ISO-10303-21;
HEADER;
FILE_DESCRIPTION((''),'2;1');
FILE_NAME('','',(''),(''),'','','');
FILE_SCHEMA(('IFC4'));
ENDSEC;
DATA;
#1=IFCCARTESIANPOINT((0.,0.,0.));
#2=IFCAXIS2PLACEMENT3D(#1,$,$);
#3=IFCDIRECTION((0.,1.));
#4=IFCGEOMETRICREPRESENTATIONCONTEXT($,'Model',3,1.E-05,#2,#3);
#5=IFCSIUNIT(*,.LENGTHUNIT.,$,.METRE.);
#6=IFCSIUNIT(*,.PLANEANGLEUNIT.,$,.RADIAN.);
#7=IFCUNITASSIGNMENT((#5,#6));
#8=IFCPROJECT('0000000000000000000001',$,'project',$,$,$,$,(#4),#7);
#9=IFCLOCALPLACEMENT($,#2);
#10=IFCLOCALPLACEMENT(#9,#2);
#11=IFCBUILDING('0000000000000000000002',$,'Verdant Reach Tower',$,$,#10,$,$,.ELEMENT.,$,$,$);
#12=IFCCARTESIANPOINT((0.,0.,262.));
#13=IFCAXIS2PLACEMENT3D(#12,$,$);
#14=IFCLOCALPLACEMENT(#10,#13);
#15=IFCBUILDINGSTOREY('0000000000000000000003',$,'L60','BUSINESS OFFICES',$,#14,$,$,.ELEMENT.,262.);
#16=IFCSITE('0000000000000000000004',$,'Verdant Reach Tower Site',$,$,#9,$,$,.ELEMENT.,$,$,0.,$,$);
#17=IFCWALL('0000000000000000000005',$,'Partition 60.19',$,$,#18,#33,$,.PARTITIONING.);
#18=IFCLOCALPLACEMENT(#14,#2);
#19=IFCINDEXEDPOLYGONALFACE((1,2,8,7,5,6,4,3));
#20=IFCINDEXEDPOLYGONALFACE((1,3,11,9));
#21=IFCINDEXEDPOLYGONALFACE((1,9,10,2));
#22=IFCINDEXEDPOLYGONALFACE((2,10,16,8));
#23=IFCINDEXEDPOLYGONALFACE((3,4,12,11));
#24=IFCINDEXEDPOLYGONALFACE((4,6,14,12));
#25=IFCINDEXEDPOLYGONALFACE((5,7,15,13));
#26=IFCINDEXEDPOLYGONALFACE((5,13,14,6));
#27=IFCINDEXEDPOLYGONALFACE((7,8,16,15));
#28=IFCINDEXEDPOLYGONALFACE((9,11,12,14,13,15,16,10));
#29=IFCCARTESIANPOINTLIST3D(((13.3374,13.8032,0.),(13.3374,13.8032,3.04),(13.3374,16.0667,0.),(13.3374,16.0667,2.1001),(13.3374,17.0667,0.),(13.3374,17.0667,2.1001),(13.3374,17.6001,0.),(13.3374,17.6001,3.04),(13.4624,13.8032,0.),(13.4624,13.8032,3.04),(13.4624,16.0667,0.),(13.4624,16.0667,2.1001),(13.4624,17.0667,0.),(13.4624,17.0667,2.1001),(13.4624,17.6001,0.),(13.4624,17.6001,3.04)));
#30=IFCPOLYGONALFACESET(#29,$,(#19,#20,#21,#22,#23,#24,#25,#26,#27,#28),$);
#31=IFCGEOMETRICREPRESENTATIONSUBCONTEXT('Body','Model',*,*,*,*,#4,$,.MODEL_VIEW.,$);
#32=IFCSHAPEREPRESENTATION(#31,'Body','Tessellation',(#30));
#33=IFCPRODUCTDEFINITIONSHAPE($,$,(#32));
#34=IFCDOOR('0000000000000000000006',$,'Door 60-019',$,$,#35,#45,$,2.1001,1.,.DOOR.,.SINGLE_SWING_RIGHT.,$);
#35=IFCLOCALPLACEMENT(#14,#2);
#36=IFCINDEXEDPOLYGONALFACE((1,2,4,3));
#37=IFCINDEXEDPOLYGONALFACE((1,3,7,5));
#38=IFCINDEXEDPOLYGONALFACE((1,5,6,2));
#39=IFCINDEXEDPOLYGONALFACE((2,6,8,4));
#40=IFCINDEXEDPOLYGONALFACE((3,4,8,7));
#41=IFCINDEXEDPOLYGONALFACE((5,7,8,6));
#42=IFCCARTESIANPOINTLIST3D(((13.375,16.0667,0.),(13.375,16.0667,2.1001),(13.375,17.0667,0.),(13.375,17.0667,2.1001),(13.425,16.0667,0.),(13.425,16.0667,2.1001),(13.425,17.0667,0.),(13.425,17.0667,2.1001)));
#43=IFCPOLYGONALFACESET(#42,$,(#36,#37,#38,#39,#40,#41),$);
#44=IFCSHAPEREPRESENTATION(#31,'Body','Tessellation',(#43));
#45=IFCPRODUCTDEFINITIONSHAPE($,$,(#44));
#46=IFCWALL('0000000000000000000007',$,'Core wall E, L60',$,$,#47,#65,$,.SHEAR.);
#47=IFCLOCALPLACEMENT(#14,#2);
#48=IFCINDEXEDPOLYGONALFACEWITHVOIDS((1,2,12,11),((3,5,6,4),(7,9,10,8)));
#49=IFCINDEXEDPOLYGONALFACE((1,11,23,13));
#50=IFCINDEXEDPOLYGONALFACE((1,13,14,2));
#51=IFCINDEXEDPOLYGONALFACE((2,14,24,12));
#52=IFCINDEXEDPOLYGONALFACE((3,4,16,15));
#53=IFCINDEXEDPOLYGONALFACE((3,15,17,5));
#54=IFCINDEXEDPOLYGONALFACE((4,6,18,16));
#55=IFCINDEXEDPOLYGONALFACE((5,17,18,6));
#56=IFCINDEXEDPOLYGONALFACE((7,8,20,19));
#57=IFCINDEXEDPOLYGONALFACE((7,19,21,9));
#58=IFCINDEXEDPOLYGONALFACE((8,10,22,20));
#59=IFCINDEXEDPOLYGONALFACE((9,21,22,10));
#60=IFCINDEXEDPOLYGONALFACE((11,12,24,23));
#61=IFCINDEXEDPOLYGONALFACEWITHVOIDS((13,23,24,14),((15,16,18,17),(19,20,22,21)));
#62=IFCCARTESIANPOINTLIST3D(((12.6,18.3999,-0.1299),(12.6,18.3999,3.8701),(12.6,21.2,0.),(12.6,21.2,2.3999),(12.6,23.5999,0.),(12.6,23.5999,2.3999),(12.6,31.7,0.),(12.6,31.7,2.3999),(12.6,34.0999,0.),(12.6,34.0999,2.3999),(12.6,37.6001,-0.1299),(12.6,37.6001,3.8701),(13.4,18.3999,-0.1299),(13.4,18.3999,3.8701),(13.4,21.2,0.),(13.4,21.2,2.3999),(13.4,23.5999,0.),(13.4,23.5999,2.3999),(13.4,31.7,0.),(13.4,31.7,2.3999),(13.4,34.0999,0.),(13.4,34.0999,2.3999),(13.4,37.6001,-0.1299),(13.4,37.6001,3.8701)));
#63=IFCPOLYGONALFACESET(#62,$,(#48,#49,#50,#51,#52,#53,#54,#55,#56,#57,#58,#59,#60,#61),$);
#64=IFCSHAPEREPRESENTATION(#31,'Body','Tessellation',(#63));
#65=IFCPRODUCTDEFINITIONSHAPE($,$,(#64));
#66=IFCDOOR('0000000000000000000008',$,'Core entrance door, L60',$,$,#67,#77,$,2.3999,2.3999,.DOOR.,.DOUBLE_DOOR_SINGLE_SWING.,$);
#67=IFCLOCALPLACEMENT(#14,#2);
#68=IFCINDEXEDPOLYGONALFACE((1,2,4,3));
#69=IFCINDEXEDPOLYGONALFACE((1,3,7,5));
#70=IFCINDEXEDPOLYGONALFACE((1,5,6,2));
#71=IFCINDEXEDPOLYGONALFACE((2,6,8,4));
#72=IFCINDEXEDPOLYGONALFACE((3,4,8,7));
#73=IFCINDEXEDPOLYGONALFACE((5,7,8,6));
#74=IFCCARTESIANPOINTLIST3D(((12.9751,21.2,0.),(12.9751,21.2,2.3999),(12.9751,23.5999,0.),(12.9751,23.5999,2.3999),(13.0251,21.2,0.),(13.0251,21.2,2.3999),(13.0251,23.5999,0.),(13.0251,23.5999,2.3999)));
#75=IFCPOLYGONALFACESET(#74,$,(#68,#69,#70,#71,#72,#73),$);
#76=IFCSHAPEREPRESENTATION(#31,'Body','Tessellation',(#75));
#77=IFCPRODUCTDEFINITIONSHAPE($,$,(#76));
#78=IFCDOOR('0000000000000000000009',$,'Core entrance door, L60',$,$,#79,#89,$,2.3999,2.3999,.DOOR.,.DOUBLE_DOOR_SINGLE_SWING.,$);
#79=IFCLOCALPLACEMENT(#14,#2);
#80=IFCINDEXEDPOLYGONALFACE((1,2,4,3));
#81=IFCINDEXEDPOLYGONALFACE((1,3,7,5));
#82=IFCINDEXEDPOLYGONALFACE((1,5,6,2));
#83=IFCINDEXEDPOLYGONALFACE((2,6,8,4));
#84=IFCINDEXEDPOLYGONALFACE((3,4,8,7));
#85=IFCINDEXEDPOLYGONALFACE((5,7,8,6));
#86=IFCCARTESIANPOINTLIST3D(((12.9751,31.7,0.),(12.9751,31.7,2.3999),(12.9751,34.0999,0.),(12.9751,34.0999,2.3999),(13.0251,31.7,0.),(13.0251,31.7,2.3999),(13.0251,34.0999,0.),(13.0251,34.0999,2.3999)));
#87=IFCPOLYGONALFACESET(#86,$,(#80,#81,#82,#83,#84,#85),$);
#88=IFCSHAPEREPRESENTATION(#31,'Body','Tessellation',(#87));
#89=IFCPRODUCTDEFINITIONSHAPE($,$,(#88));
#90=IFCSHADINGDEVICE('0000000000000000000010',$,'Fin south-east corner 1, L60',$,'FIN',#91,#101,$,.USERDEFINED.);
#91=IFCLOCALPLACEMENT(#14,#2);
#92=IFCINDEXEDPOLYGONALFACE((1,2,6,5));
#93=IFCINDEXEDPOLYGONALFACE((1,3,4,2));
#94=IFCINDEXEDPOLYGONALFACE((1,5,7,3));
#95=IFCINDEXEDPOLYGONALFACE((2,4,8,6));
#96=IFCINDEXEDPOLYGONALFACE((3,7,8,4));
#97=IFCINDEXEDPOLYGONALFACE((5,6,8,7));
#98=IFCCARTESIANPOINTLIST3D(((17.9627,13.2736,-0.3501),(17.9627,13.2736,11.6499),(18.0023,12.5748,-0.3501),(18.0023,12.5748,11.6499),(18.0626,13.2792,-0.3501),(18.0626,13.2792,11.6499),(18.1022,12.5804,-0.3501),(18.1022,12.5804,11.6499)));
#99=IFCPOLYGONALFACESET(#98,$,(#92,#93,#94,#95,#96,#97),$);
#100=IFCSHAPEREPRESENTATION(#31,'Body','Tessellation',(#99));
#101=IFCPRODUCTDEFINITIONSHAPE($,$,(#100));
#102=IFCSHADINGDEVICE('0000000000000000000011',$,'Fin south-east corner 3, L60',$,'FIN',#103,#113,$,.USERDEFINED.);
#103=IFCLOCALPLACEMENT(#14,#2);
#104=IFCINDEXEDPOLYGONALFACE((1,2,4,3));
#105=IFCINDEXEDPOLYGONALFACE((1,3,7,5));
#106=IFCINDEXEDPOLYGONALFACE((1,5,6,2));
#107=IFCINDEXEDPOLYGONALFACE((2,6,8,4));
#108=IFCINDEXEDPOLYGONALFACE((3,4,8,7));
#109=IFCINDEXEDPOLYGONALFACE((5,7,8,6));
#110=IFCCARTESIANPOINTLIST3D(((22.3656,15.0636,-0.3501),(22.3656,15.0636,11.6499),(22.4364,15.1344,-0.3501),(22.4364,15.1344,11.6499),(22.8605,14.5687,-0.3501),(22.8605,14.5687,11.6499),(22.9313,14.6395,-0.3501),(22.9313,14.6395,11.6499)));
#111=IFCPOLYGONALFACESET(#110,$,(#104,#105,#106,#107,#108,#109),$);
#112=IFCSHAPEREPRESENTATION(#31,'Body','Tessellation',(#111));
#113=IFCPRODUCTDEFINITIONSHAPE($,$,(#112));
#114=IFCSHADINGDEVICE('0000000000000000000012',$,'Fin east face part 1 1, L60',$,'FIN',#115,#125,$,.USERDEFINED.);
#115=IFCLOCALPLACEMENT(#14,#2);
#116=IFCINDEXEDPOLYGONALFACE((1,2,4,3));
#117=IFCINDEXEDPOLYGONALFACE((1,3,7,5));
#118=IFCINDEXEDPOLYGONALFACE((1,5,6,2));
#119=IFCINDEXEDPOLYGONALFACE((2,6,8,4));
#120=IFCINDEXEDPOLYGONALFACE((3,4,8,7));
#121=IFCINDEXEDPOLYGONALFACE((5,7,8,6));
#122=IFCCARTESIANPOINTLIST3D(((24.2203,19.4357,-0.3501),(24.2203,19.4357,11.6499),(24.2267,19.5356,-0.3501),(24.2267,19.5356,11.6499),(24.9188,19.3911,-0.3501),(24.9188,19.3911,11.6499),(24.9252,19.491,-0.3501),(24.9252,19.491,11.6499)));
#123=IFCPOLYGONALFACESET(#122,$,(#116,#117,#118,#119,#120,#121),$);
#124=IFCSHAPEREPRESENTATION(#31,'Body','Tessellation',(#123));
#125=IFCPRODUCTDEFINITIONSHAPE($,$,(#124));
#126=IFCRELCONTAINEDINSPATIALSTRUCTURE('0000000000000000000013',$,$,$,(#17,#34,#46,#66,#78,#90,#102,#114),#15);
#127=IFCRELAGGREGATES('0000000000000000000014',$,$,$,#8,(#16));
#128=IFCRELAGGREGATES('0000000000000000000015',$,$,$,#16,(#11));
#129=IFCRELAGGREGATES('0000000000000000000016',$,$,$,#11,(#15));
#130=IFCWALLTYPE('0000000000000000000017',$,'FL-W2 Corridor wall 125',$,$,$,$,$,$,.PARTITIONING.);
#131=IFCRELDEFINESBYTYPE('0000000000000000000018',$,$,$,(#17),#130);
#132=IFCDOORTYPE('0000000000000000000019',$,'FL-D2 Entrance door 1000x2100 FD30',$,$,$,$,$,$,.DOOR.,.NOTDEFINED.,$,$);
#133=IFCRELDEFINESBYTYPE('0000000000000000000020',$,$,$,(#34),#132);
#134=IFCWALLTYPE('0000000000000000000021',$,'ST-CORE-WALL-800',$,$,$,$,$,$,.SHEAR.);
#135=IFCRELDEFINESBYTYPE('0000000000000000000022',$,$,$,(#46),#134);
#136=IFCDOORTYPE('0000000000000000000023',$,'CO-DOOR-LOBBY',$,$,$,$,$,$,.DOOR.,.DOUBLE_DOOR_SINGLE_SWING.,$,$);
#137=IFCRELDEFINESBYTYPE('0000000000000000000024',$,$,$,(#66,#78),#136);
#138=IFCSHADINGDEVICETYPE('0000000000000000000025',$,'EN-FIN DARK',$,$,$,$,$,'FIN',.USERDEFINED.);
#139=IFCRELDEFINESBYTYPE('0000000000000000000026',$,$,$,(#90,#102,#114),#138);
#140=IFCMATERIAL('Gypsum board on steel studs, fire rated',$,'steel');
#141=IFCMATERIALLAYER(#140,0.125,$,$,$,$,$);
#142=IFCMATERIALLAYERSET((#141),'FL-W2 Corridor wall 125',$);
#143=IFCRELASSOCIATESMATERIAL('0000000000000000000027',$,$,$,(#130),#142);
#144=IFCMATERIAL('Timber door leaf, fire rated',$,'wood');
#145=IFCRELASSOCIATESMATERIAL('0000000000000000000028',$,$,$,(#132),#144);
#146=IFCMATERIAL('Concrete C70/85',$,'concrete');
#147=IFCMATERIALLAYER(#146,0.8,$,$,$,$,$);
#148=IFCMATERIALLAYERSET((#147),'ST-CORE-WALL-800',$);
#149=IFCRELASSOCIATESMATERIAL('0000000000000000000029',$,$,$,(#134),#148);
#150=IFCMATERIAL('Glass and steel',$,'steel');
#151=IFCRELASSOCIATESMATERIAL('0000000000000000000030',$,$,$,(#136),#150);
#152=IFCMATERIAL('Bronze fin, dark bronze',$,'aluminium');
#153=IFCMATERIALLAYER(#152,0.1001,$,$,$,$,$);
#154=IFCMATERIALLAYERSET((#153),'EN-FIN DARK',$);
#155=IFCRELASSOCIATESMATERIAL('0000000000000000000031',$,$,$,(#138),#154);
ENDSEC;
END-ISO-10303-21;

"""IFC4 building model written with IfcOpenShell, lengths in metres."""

from ifc_helpers import new_model, si_unit, direction, frame, frame_2d, origin, origin_2d, place, context, subcontext, project, spatial, rectangle, extrude, material, layer, layer_set, type_object, element, fill, save


model = new_model("IFC4")

# Units and contexts
model_context = context("Model", 3, precision=1e-05, world=origin(), true_north=direction((0.0, 1.0)))
body_context = subcontext(model_context, "Body", "Model", "MODEL_VIEW")
ifc_project = project(units=[si_unit("LENGTHUNIT", "METRE"), si_unit("PLANEANGLEUNIT", "RADIAN")], contexts=[model_context])

# Site, building, storey
site_placement = place(None, origin())
site = spatial("IfcSite", under=ifc_project, at=site_placement, Name="Verdant Reach Tower Site", CompositionType="ELEMENT", RefElevation=0.0)
building_placement = place(site_placement, origin())
building = spatial("IfcBuilding", under=site, at=building_placement, Name="Verdant Reach Tower", CompositionType="ELEMENT")
storey_placement = place(building_placement, frame((0.0, 0.0, 262.0)))
storey = spatial("IfcBuildingStorey", under=building, at=storey_placement, Name="L60", Description="BUSINESS OFFICES", CompositionType="ELEMENT", Elevation=262.0)

# Wall, opening, door
ifc_material_1 = material(Name="Gypsum board on steel studs, fire rated", Category="steel")
ifc_layer_1 = layer(ifc_material_1, 0.125)
ifc_layer_set_1 = layer_set([ifc_layer_1], Name="FL-W2 Corridor wall 125")
wall_type_1 = type_object("IfcWallType", Name="FL-W2 Corridor wall 125", PredefinedType="PARTITIONING", material=ifc_layer_set_1)
wall_1_placement = place(storey_placement, frame((13.3999, 13.8032, 0.0), z_axis=(0.0, 0.0, 1.0), x_axis=(0.0, 1.0, 0.0)))
wall_1 = element("IfcWall", 1, at=wall_1_placement, inside=storey, type_object=wall_type_1, Name="Partition 60.19", PredefinedType="PARTITIONING", context=body_context, shape_type="SweptSolid", body=[
    extrude(rectangle(XDim=3.7969, YDim=0.125, at=frame_2d((1.8984, 0.0))), origin(), (0.0, 0.0, 1.0), 3.04),
])
opening_1_placement = place(wall_1_placement, frame((2.2634, 0.0, 0.0)))
opening_1 = element("IfcOpeningElement", 2, at=opening_1_placement, cuts=wall_1, PredefinedType="OPENING", context=body_context, shape_type="SweptSolid", body=[
    extrude(rectangle(XDim=1.0, YDim=2.1001, at=frame_2d((0.5, 1.05))), frame((0.0, 0.0725, 0.0), z_axis=(0.0, -1.0, 0.0), x_axis=(1.0, 0.0, 0.0)), (0.0, 0.0, 1.0), 0.145),
])
ifc_material_2 = material(Name="Timber door leaf, fire rated", Category="wood")
door_type_1 = type_object("IfcDoorType", Name="FL-D2 Entrance door 1000x2100 FD30", OperationType="NOTDEFINED", PredefinedType="DOOR", material=ifc_material_2)
door_1_placement = place(opening_1_placement, origin())
door_1 = element("IfcDoor", 3, at=door_1_placement, inside=storey, type_object=door_type_1, Name="Door 60-019", OperationType="SINGLE_SWING_RIGHT", OverallHeight=2.1001, OverallWidth=1.0, PredefinedType="DOOR", context=body_context, shape_type="SweptSolid", body=[
    extrude(rectangle(XDim=1.0, YDim=2.1001, at=frame_2d((0.5, 1.05))), frame((0.0, 0.0249, 0.0), z_axis=(0.0, -1.0, 0.0), x_axis=(1.0, 0.0, 0.0)), (0.0, 0.0, 1.0), 0.05),
])
fill(opening_1, door_1)

# Wall, openings, doors
ifc_material_3 = material(Name="Concrete C70/85", Category="concrete")
ifc_layer_2 = layer(ifc_material_3, 0.8)
ifc_layer_set_2 = layer_set([ifc_layer_2], Name="ST-CORE-WALL-800")
wall_type_2 = type_object("IfcWallType", Name="ST-CORE-WALL-800", PredefinedType="SHEAR", material=ifc_layer_set_2)
wall_2_placement = place(storey_placement, frame((13.0, 18.3999, -0.1299), z_axis=(0.0, 0.0, 1.0), x_axis=(0.0, 1.0, 0.0)))
wall_2 = element("IfcWall", 4, at=wall_2_placement, inside=storey, type_object=wall_type_2, Name="Core wall E, L60", PredefinedType="SHEAR", context=body_context, shape_type="SweptSolid", body=[
    extrude(rectangle(XDim=19.2002, YDim=0.8, at=frame_2d((9.6001, 0.0))), origin(), (0.0, 0.0, 1.0), 4.0),
])
opening_2_placement = place(wall_2_placement, frame((2.8, 0.0, 0.1299)))
opening_2 = element("IfcOpeningElement", 5, at=opening_2_placement, cuts=wall_2, PredefinedType="OPENING", context=body_context, shape_type="SweptSolid", body=[
    extrude(rectangle(XDim=2.3999, YDim=2.3999, at=frame_2d((1.2, 1.2))), frame((0.0, 0.4099, 0.0), z_axis=(0.0, -1.0, 0.0), x_axis=(1.0, 0.0, 0.0)), (0.0, 0.0, 1.0), 0.8201),
])
opening_3_placement = place(wall_2_placement, frame((13.3, 0.0, 0.1299)))
opening_3 = element("IfcOpeningElement", 6, at=opening_3_placement, cuts=wall_2, PredefinedType="OPENING", context=body_context, shape_type="SweptSolid", body=[
    extrude(rectangle(XDim=2.3999, YDim=2.3999, at=frame_2d((1.2, 1.2))), frame((0.0, 0.4099, 0.0), z_axis=(0.0, -1.0, 0.0), x_axis=(1.0, 0.0, 0.0)), (0.0, 0.0, 1.0), 0.8201),
])
ifc_material_4 = material(Name="Glass and steel", Category="steel")
door_type_2 = type_object("IfcDoorType", Name="CO-DOOR-LOBBY", OperationType="DOUBLE_DOOR_SINGLE_SWING", PredefinedType="DOOR", material=ifc_material_4)
door_2_placement = place(opening_2_placement, origin())
door_2 = element("IfcDoor", 7, at=door_2_placement, inside=storey, type_object=door_type_2, Name="Core entrance door, L60", OperationType="DOUBLE_DOOR_SINGLE_SWING", OverallHeight=2.3999, OverallWidth=2.3999, PredefinedType="DOOR", context=body_context, shape_type="SweptSolid", body=[
    extrude(rectangle(XDim=2.3999, YDim=2.3999, at=frame_2d((1.2, 1.2))), frame((0.0, 0.0249, 0.0), z_axis=(0.0, -1.0, 0.0), x_axis=(1.0, 0.0, 0.0)), (0.0, 0.0, 1.0), 0.05),
])
fill(opening_2, door_2)
door_3_placement = place(opening_3_placement, origin())
door_3 = element("IfcDoor", 8, at=door_3_placement, inside=storey, type_object=door_type_2, Name="Core entrance door, L60", OperationType="DOUBLE_DOOR_SINGLE_SWING", OverallHeight=2.3999, OverallWidth=2.3999, PredefinedType="DOOR", context=body_context, shape_type="SweptSolid", body=[
    extrude(rectangle(XDim=2.3999, YDim=2.3999, at=frame_2d((1.2, 1.2))), frame((0.0, 0.0249, 0.0), z_axis=(0.0, -1.0, 0.0), x_axis=(1.0, 0.0, 0.0)), (0.0, 0.0, 1.0), 0.05),
])
fill(opening_3, door_3)

# Shading devices
ifc_material_5 = material(Name="Bronze fin, dark bronze", Category="aluminium")
ifc_layer_3 = layer(ifc_material_5, 0.1001)
ifc_layer_set_3 = layer_set([ifc_layer_3], Name="EN-FIN DARK")
shading_device_type = type_object("IfcShadingDeviceType", Name="EN-FIN DARK", ElementType="FIN", PredefinedType="USERDEFINED", material=ifc_layer_set_3)
for number, where, z_axis, x_axis, name in (
    (9, (18.0325, 12.927, -0.3501), (0.0, 0.0, 1.0), (0.998399, 0.056569, 0.0), "Fin south-east corner 1, L60"),
    (10, (22.6484, 14.8516, -0.3501), (0.0, 0.0, 1.0), (0.707107, 0.707107, 0.0), "Fin south-east corner 3, L60"),
    (11, (24.5728, 19.4634, -0.3501), (0.0, 0.0, 1.0), (0.063699, 0.997969, 0.0), "Fin east face part 1 1, L60"),
):
    element("IfcShadingDevice", number, at=place(storey_placement, frame(where, z_axis=z_axis, x_axis=x_axis)), inside=storey, type_object=shading_device_type, Name=name, ObjectType="FIN", PredefinedType="USERDEFINED", context=body_context, shape_type="SweptSolid", body=[
        extrude(rectangle(XDim=0.1001, YDim=0.7, at=origin_2d()), origin(), (0.0, 0.0, 1.0), 12.0),
    ])

save(model, "model.ifc")
